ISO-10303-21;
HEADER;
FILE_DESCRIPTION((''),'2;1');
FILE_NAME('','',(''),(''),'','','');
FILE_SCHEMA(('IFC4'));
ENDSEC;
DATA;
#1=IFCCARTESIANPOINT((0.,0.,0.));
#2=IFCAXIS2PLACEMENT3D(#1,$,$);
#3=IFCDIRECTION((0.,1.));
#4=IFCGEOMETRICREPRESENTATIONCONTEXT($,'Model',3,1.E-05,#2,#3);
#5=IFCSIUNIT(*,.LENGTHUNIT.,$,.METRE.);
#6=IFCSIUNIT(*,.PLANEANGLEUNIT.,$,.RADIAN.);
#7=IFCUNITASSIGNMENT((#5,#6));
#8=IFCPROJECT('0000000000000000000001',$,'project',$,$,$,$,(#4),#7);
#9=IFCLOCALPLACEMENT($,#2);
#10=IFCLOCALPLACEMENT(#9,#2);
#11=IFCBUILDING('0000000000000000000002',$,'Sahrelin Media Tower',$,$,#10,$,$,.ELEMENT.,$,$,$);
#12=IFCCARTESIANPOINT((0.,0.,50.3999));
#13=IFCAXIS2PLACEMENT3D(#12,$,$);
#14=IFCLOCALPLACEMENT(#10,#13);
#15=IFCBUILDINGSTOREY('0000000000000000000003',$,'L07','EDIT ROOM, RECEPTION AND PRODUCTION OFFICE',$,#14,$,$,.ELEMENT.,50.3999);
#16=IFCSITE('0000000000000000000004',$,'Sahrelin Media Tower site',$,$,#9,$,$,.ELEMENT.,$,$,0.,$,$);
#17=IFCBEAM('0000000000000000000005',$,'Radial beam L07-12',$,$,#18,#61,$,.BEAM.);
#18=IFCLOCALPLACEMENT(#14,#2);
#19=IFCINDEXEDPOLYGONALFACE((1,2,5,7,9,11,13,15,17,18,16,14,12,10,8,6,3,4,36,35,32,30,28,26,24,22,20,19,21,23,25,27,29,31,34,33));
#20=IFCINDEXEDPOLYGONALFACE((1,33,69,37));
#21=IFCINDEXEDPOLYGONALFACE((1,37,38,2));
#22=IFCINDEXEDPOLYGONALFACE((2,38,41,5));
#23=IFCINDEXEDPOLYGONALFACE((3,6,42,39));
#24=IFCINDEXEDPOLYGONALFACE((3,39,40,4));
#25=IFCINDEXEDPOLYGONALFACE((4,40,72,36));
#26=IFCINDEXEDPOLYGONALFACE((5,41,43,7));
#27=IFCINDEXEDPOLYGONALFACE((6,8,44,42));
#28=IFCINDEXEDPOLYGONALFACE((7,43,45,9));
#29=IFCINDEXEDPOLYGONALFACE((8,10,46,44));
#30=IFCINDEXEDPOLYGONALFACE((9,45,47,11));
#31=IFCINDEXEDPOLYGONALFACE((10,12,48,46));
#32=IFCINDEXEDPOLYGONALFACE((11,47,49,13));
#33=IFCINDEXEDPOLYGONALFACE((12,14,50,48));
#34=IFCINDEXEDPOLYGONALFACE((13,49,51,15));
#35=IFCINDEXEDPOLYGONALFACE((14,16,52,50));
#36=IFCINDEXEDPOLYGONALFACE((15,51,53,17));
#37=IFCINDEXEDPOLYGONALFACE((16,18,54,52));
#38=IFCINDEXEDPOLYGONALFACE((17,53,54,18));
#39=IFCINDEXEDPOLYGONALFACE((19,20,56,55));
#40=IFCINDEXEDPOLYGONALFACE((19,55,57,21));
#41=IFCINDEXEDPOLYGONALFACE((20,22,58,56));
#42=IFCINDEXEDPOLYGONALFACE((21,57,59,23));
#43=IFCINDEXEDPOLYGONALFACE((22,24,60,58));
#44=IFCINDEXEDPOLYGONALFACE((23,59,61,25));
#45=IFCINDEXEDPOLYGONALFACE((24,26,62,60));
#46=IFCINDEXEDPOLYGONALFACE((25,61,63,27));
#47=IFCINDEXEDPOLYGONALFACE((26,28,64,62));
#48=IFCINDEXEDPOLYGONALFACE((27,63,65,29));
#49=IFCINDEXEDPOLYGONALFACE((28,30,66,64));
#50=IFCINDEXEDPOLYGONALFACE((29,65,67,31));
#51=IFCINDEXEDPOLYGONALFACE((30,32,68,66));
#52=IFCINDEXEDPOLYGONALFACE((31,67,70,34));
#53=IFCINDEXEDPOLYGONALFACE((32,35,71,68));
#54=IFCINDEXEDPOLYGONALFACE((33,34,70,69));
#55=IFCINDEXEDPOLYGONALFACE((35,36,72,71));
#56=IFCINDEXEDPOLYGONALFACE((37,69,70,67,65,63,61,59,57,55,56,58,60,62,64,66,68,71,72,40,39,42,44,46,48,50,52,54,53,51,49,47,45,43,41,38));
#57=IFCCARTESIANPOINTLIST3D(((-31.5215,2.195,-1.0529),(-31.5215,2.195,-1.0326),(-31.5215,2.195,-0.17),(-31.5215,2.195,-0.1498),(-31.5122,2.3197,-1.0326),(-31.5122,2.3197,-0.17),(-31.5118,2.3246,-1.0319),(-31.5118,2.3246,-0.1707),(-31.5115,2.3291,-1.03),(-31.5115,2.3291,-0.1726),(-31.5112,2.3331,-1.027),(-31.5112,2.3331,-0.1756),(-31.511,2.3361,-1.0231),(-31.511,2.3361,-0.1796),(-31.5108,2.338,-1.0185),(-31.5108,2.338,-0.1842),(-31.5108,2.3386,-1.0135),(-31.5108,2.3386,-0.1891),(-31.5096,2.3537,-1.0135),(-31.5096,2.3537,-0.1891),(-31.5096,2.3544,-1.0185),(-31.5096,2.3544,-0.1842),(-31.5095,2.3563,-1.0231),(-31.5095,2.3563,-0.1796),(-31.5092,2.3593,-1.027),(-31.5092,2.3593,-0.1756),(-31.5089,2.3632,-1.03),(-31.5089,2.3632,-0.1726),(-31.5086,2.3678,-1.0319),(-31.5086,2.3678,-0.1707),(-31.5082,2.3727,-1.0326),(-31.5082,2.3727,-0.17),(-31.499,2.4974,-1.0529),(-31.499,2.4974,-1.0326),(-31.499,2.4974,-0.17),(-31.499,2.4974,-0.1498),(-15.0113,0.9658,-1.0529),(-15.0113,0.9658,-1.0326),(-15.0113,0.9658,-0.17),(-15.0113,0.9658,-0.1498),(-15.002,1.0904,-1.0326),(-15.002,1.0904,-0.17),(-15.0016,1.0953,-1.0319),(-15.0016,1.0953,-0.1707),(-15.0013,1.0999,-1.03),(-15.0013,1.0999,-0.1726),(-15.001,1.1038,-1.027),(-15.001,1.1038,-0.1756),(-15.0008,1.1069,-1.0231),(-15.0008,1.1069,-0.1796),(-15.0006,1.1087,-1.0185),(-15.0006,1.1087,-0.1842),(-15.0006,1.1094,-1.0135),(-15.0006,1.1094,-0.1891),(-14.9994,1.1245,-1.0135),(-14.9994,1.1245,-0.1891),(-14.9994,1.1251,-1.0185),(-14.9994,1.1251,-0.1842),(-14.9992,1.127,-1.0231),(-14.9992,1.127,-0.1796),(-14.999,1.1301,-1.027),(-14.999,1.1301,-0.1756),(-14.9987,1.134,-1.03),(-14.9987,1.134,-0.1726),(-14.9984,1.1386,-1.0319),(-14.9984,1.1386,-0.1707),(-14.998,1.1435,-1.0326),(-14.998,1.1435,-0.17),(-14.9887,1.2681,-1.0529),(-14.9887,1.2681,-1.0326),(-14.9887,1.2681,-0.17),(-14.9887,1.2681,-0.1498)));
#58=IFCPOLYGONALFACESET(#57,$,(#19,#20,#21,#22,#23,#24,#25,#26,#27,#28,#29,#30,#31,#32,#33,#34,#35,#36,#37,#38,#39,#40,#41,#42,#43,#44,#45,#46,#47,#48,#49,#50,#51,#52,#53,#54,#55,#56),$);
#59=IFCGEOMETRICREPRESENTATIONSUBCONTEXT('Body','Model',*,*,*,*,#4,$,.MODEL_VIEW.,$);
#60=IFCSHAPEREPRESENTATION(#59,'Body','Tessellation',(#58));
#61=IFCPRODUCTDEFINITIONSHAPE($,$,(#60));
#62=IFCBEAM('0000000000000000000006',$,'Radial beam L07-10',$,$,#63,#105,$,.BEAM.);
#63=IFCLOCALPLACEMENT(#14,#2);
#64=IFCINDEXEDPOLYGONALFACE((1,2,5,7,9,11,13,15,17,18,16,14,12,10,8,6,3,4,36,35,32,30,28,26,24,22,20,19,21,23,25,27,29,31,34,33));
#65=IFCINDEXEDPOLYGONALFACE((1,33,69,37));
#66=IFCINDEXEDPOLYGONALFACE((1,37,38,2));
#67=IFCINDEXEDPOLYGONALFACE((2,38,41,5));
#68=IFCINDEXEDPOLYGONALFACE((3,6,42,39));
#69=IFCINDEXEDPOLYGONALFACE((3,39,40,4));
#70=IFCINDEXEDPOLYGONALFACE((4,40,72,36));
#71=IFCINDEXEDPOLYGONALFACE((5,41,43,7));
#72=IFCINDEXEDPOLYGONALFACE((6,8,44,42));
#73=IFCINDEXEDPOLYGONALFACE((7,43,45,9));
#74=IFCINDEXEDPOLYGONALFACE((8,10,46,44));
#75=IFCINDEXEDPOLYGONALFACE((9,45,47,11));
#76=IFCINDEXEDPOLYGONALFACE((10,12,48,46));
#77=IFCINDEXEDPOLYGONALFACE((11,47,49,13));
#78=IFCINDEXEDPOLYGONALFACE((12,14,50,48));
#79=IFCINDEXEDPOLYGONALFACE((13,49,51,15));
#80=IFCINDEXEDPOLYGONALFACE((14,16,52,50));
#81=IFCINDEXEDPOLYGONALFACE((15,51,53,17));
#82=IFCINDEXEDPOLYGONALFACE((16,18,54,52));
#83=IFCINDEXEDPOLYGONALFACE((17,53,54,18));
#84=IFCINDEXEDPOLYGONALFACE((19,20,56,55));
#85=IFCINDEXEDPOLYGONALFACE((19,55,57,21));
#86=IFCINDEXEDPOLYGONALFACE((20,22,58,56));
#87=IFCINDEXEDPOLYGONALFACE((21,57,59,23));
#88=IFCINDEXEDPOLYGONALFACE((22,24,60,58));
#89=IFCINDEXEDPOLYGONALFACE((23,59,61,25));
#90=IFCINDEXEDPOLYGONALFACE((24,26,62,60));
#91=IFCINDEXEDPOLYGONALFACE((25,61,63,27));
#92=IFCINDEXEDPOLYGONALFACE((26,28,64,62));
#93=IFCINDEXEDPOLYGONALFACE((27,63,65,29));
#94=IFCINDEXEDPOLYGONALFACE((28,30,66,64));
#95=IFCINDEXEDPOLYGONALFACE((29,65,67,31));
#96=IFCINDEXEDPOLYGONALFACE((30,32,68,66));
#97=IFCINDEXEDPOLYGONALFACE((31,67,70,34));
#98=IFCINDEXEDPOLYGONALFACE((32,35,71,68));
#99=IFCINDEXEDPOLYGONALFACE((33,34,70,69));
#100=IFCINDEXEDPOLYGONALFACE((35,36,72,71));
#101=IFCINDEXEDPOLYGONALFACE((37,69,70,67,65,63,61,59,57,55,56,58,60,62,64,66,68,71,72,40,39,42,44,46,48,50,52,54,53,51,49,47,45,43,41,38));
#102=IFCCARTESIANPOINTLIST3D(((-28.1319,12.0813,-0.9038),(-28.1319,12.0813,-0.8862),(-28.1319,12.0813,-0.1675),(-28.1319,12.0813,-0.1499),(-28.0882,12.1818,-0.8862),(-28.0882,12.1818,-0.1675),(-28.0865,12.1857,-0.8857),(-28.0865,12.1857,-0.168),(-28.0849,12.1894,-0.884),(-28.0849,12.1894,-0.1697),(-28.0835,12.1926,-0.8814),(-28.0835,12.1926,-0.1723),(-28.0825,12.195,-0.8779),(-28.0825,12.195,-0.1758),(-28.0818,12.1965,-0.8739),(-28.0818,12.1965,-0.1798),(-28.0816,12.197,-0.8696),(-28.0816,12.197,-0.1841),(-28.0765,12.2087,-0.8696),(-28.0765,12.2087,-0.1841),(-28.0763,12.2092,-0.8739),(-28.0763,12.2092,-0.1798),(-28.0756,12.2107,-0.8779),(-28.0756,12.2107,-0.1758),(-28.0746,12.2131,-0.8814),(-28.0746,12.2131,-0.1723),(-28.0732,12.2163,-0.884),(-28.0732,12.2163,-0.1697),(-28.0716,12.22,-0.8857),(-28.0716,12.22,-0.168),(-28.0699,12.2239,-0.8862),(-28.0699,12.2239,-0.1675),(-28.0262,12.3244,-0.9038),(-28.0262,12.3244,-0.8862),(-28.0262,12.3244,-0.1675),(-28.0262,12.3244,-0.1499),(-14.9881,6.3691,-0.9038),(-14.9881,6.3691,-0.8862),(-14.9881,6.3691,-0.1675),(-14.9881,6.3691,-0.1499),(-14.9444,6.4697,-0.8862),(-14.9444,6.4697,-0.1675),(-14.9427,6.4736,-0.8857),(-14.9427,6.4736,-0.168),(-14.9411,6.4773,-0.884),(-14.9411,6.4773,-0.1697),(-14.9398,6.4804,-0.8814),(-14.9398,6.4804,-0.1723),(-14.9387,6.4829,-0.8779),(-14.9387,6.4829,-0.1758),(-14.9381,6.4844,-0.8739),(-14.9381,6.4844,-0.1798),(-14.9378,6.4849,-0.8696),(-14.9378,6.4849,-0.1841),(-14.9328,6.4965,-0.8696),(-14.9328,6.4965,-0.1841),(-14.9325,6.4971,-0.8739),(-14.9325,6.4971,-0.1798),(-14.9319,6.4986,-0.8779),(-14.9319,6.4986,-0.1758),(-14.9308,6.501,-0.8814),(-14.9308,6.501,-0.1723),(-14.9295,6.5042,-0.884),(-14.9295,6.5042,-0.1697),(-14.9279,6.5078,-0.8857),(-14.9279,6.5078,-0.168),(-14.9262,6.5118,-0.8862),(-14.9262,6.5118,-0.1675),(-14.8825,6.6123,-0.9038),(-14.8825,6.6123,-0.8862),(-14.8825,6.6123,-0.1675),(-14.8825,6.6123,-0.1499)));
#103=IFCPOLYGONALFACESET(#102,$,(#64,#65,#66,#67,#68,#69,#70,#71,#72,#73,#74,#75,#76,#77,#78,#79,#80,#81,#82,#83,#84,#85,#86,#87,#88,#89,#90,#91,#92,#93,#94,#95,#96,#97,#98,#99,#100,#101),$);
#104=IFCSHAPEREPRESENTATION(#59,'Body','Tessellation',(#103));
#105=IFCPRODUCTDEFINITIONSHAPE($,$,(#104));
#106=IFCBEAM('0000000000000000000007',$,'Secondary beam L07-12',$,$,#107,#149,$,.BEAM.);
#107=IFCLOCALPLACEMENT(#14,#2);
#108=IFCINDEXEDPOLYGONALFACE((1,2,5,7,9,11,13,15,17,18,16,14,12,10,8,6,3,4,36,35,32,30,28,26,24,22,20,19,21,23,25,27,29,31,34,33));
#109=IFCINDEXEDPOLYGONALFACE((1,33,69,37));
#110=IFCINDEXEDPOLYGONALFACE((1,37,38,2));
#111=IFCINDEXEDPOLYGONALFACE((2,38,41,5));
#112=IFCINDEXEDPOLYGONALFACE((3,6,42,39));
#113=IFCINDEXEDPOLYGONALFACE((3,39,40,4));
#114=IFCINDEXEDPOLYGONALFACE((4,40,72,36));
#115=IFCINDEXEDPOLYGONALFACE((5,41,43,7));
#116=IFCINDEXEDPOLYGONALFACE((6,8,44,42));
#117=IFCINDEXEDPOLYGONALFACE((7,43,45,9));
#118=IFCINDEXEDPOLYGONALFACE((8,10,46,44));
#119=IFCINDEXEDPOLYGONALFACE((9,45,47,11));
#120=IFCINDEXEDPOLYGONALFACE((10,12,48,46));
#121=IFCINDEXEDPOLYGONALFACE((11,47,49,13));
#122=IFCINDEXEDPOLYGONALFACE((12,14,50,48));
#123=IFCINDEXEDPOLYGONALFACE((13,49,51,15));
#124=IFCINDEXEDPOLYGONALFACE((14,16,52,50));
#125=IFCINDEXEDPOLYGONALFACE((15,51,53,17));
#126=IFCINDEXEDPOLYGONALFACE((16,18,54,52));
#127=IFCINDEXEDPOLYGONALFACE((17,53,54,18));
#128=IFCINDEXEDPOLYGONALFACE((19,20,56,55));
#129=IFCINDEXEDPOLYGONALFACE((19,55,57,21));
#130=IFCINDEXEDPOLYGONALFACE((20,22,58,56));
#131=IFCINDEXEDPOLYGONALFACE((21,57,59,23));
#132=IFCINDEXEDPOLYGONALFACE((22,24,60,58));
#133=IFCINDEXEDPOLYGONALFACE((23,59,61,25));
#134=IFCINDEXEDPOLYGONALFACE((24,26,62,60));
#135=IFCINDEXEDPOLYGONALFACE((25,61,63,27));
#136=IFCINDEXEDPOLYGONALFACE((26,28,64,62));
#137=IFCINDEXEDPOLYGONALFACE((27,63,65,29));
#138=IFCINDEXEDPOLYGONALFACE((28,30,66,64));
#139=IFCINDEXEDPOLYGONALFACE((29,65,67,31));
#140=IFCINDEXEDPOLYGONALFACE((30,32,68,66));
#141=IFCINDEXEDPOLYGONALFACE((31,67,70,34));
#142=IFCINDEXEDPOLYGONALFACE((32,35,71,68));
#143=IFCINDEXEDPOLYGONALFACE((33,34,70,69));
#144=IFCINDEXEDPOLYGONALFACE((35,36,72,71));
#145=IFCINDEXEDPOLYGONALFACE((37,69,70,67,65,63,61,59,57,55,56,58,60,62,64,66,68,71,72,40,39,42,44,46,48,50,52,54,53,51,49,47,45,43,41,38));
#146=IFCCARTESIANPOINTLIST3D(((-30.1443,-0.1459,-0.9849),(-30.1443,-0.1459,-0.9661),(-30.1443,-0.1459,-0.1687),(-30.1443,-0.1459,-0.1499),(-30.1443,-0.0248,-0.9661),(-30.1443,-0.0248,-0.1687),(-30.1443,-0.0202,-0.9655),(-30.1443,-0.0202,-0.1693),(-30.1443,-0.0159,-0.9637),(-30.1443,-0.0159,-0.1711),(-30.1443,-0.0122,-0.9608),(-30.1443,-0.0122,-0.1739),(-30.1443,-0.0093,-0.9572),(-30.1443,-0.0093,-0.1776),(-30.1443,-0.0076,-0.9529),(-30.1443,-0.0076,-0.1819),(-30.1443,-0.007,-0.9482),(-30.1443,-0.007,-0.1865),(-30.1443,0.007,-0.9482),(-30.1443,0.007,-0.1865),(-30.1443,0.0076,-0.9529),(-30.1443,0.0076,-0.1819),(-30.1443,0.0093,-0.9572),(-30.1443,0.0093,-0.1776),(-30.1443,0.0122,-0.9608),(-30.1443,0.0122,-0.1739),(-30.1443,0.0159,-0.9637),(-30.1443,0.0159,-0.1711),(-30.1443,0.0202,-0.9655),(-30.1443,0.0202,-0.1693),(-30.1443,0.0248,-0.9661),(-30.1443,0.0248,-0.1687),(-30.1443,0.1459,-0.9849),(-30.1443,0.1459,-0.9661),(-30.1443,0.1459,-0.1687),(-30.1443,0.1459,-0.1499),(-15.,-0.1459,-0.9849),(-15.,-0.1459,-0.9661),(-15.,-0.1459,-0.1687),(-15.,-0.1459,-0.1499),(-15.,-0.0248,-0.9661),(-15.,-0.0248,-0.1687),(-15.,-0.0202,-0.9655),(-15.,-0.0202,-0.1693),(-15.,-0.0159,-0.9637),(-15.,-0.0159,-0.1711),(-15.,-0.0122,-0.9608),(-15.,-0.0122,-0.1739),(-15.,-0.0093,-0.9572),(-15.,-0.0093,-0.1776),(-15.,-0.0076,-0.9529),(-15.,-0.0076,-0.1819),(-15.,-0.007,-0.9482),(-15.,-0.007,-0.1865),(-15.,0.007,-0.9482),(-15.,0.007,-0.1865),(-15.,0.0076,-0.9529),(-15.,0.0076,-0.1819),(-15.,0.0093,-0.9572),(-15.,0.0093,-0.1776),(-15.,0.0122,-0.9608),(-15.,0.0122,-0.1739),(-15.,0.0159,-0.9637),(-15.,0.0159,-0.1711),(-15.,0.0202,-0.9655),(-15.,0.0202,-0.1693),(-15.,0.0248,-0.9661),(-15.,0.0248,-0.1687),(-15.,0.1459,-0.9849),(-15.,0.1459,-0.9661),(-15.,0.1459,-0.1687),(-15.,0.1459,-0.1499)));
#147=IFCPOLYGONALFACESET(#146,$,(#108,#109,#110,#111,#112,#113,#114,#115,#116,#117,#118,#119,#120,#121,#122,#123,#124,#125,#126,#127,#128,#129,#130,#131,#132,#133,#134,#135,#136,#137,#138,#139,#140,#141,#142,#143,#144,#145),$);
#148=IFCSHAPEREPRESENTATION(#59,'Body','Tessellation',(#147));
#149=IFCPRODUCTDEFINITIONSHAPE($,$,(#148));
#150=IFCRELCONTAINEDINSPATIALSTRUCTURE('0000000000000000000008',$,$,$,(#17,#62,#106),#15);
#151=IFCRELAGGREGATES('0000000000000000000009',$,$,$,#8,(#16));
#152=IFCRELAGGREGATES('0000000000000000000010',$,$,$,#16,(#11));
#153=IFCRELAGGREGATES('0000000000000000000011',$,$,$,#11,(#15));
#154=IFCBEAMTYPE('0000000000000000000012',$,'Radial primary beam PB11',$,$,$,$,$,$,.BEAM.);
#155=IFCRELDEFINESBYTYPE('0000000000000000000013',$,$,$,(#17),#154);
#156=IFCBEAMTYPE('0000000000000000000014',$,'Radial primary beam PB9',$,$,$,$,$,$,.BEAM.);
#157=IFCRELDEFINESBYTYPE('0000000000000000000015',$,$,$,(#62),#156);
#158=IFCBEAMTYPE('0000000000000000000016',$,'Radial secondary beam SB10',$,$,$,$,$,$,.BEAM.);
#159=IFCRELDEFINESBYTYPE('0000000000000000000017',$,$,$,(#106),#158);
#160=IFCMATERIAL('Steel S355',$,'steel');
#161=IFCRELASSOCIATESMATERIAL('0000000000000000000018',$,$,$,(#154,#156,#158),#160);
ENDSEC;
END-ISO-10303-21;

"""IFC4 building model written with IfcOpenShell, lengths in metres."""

from ifc_helpers import new_model, si_unit, direction, frame, origin, origin_2d, place, context, subcontext, project, spatial, i_section, extrude, material, material_profile, profile_set, type_object, element, save


model = new_model("IFC4")

# Units and contexts
model_context = context("Model", 3, precision=1e-05, world=origin(), true_north=direction((0.0, 1.0)))
body_context = subcontext(model_context, "Body", "Model", "MODEL_VIEW")
ifc_project = project(units=[si_unit("LENGTHUNIT", "METRE"), si_unit("PLANEANGLEUNIT", "RADIAN")], contexts=[model_context])

# Site, building, storey
site_placement = place(None, origin())
site = spatial("IfcSite", under=ifc_project, at=site_placement, Name="Sahrelin Media Tower site", CompositionType="ELEMENT", RefElevation=0.0)
building_placement = place(site_placement, origin())
building = spatial("IfcBuilding", under=site, at=building_placement, Name="Sahrelin Media Tower", CompositionType="ELEMENT")
storey_placement = place(building_placement, frame((0.0, 0.0, 50.3999)))
storey = spatial("IfcBuildingStorey", under=building, at=storey_placement, Name="L07", Description="EDIT ROOM, RECEPTION AND PRODUCTION OFFICE", CompositionType="ELEMENT", Elevation=50.3999)

# Shared definitions
ifc_material_1 = material(Name="Steel S355", Category="steel")

# Beams
ifc_material_profile_1 = material_profile(ifc_material_1, i_section(OverallWidth=0.3032, OverallDepth=0.9031, WebThickness=0.0151, FlangeThickness=0.0203, FilletRadius=0.019, at=origin_2d()), Name="UB 914x305x201")
ifc_profile_set_1 = profile_set([ifc_material_profile_1], Name="Steel S355")
beam_type_1 = type_object("IfcBeamType", Name="Radial primary beam PB11", PredefinedType="BEAM", material=ifc_profile_set_1)
beam_1_placement = place(storey_placement, frame((-15.0, 1.1169, -0.6013), z_axis=(-0.99724, 0.074248, 0.0), x_axis=(-0.074248, -0.99724, 0.0)))
element("IfcBeam", 1, at=beam_1_placement, inside=storey, type_object=beam_type_1, Name="Radial beam L07-12", PredefinedType="BEAM", context=body_context, shape_type="SweptSolid", body=[
    extrude(i_section(OverallWidth=0.3032, OverallDepth=0.9031, WebThickness=0.0151, FlangeThickness=0.0203, FilletRadius=0.019, at=origin_2d()), origin(), (0.0, 0.0, 1.0), 16.5559),
])
ifc_material_profile_2 = material_profile(ifc_material_1, i_section(OverallWidth=0.2651, OverallDepth=0.7539, WebThickness=0.0127, FlangeThickness=0.0176, FilletRadius=0.0166, at=origin_2d()), Name="UB 762x267x147")
ifc_profile_set_2 = profile_set([ifc_material_profile_2], Name="Steel S355")
beam_type_2 = type_object("IfcBeamType", Name="Radial primary beam PB9", PredefinedType="BEAM", material=ifc_profile_set_2)
beam_2_placement = place(storey_placement, frame((-14.9353, 6.4907, -0.5269), z_axis=(-0.917135, 0.398577, 0.0), x_axis=(-0.398577, -0.917135, 0.0)))
element("IfcBeam", 2, at=beam_2_placement, inside=storey, type_object=beam_type_2, Name="Radial beam L07-10", PredefinedType="BEAM", context=body_context, shape_type="SweptSolid", body=[
    extrude(i_section(OverallWidth=0.2651, OverallDepth=0.7539, WebThickness=0.0127, FlangeThickness=0.0176, FilletRadius=0.0166, at=origin_2d()), origin(), (0.0, 0.0, 1.0), 14.3313),
])
ifc_material_profile_3 = material_profile(ifc_material_1, i_section(OverallWidth=0.2917, OverallDepth=0.835, WebThickness=0.0139, FlangeThickness=0.0188, FilletRadius=0.0178, at=origin_2d()), Name="UB 838x292x176")
ifc_profile_set_3 = profile_set([ifc_material_profile_3], Name="Steel S355")
beam_type_3 = type_object("IfcBeamType", Name="Radial secondary beam SB10", PredefinedType="BEAM", material=ifc_profile_set_3)
beam_3_placement = place(storey_placement, frame((-15.0, 0.0, -0.5674), z_axis=(-1.0, 0.0, 0.0), x_axis=(0.0, -1.0, 0.0)))
element("IfcBeam", 3, at=beam_3_placement, inside=storey, type_object=beam_type_3, Name="Secondary beam L07-12", PredefinedType="BEAM", context=body_context, shape_type="SweptSolid", body=[
    extrude(i_section(OverallWidth=0.2917, OverallDepth=0.835, WebThickness=0.0139, FlangeThickness=0.0188, FilletRadius=0.0178, at=origin_2d()), origin(), (0.0, 0.0, 1.0), 15.1443),
])

save(model, "model.ifc")
